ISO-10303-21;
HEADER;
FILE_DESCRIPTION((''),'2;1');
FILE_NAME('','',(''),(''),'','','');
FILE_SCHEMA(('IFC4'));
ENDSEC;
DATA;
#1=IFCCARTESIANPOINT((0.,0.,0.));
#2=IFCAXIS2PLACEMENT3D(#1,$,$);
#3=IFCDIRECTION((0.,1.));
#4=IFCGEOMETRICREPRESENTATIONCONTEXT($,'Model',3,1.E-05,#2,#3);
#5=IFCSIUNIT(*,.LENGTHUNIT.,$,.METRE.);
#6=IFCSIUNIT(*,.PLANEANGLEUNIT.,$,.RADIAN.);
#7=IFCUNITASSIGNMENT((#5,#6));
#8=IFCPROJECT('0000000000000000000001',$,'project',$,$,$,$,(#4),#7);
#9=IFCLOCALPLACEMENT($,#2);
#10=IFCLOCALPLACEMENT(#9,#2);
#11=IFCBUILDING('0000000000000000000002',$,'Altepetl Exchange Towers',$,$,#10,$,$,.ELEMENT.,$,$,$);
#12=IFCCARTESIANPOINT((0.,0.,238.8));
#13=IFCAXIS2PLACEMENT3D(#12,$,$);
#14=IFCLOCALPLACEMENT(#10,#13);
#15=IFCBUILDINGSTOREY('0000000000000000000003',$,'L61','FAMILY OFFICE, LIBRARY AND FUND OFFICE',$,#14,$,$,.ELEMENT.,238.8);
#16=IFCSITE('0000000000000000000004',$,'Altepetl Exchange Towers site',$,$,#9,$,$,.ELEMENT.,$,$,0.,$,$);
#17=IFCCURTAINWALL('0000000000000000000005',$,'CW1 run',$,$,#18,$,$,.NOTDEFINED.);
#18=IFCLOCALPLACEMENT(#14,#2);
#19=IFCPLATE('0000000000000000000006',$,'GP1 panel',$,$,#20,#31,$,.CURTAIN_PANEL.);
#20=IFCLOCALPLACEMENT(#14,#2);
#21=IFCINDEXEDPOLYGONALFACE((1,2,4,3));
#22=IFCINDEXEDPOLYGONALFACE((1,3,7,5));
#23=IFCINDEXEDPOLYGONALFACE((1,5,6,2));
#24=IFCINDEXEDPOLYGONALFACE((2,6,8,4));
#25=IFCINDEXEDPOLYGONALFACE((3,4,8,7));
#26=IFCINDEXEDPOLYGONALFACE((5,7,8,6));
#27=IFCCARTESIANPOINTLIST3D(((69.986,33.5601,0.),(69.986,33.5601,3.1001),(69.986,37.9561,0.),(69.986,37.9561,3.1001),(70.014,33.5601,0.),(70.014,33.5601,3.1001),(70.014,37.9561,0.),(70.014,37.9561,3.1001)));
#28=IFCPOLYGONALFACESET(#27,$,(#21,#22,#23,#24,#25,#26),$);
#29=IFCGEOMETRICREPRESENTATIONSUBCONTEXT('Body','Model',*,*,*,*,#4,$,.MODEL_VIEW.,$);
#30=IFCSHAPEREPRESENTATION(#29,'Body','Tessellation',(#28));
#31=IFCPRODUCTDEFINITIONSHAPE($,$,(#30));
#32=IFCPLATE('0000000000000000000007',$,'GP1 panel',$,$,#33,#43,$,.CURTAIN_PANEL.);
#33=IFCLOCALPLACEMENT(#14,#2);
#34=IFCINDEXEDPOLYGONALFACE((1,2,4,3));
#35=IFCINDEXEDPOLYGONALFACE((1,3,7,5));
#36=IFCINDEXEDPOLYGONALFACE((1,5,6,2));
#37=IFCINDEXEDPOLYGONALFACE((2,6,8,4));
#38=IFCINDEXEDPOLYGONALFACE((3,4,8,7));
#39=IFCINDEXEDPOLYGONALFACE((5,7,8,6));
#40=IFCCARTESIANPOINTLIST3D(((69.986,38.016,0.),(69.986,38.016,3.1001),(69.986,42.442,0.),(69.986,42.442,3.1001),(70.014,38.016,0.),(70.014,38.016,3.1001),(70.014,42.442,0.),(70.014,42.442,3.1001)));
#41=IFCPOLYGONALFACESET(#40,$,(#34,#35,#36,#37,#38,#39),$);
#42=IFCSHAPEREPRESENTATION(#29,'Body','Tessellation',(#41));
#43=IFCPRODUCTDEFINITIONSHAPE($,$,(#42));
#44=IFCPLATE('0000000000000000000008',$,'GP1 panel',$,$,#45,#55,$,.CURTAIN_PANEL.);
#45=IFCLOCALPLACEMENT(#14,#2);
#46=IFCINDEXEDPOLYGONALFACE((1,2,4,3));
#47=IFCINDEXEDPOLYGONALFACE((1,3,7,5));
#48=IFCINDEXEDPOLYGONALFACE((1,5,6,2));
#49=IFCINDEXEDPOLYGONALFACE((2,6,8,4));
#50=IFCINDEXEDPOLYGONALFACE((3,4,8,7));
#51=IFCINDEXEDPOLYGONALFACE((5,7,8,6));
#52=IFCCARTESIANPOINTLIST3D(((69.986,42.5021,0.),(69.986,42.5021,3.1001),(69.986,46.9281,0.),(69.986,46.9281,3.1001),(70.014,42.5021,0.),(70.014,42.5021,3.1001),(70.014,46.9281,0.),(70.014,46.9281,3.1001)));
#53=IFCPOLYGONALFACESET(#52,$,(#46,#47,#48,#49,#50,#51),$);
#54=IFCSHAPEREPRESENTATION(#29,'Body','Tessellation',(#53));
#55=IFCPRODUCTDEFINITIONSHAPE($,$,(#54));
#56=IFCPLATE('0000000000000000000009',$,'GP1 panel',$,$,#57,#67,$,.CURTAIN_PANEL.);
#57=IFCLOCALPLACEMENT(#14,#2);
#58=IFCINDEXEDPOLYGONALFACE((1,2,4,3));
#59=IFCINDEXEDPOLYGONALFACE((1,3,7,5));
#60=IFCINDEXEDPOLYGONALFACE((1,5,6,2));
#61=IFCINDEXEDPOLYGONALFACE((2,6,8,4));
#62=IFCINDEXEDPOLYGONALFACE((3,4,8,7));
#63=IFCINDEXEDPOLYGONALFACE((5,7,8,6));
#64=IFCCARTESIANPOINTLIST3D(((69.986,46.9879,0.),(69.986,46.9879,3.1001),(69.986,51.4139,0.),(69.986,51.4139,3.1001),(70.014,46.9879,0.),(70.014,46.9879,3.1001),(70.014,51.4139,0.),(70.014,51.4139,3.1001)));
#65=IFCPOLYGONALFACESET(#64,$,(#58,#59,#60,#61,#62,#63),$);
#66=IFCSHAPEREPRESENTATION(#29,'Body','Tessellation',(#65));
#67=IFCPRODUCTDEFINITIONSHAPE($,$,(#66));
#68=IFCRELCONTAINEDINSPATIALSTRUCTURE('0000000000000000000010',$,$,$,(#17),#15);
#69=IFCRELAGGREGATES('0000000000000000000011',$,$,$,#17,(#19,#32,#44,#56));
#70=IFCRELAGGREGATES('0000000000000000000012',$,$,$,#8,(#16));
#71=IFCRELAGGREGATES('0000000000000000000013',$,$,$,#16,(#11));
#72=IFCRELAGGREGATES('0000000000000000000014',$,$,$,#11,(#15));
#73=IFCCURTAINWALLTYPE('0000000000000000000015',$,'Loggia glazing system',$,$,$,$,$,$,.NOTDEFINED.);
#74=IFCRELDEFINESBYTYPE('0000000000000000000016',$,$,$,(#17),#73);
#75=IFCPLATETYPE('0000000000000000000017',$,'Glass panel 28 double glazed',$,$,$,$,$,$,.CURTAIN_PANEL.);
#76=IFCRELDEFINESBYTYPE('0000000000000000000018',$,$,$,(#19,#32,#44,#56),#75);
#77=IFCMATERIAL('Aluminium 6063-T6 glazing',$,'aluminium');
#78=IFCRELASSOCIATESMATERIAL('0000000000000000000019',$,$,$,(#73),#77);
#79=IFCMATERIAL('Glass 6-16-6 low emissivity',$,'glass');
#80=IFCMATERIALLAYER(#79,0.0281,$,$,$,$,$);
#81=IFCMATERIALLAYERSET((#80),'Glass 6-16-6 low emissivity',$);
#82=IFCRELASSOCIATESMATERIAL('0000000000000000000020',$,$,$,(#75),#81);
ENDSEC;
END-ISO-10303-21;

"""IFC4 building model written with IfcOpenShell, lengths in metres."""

from ifc_helpers import new_model, si_unit, direction, frame, origin, origin_2d, place, context, subcontext, project, spatial, rectangle, extrude, material, layer, layer_set, type_object, element, aggregate, save


model = new_model("IFC4")

# Units and contexts
model_context = context("Model", 3, precision=1e-05, world=origin(), true_north=direction((0.0, 1.0)))
body_context = subcontext(model_context, "Body", "Model", "MODEL_VIEW")
ifc_project = project(units=[si_unit("LENGTHUNIT", "METRE"), si_unit("PLANEANGLEUNIT", "RADIAN")], contexts=[model_context])

# Site, building, storey
site_placement = place(None, origin())
site = spatial("IfcSite", under=ifc_project, at=site_placement, Name="Altepetl Exchange Towers site", CompositionType="ELEMENT", RefElevation=0.0)
building_placement = place(site_placement, origin())
building = spatial("IfcBuilding", under=site, at=building_placement, Name="Altepetl Exchange Towers", CompositionType="ELEMENT")
storey_placement = place(building_placement, frame((0.0, 0.0, 238.8)))
storey = spatial("IfcBuildingStorey", under=building, at=storey_placement, Name="L61", Description="FAMILY OFFICE, LIBRARY AND FUND OFFICE", CompositionType="ELEMENT", Elevation=238.8)

# Curtain wall
ifc_material_1 = material(Name="Aluminium 6063-T6 glazing", Category="aluminium")
curtain_wall_type = type_object("IfcCurtainWallType", Name="Loggia glazing system", PredefinedType="NOTDEFINED", material=ifc_material_1)
curtain_wall_1_placement = place(storey_placement, origin())
curtain_wall_1 = element("IfcCurtainWall", 1, at=curtain_wall_1_placement, inside=storey, type_object=curtain_wall_type, Name="CW1 run", PredefinedType="NOTDEFINED")

# Plates
ifc_material_2 = material(Name="Glass 6-16-6 low emissivity", Category="glass")
ifc_layer = layer(ifc_material_2, 0.0281)
ifc_layer_set = layer_set([ifc_layer], Name="Glass 6-16-6 low emissivity")
plate_type = type_object("IfcPlateType", Name="Glass panel 28 double glazed", PredefinedType="CURTAIN_PANEL", material=ifc_layer_set)
plate_1_placement = place(storey_placement, frame((70.0, 35.7581, 0.0), z_axis=(0.0, 0.0, 1.0), x_axis=(0.0, 1.0, 0.0)))
plate_1 = element("IfcPlate", 2, at=plate_1_placement, type_object=plate_type, Name="GP1 panel", PredefinedType="CURTAIN_PANEL", context=body_context, shape_type="SweptSolid", body=[
    extrude(rectangle(XDim=4.396, YDim=0.0281, at=origin_2d()), origin(), (0.0, 0.0, 1.0), 3.1001),
])
plate_2_placement = place(storey_placement, frame((70.0, 40.229, 0.0), z_axis=(0.0, 0.0, 1.0), x_axis=(0.0, 1.0, 0.0)))
plate_2 = element("IfcPlate", 3, at=plate_2_placement, type_object=plate_type, Name="GP1 panel", PredefinedType="CURTAIN_PANEL", context=body_context, shape_type="SweptSolid", body=[
    extrude(rectangle(XDim=4.426, YDim=0.0281, at=origin_2d()), origin(), (0.0, 0.0, 1.0), 3.1001),
])
plate_3_placement = place(storey_placement, frame((70.0, 44.7151, 0.0), z_axis=(0.0, 0.0, 1.0), x_axis=(0.0, 1.0, 0.0)))
plate_3 = element("IfcPlate", 4, at=plate_3_placement, type_object=plate_type, Name="GP1 panel", PredefinedType="CURTAIN_PANEL", context=body_context, shape_type="SweptSolid", body=[
    extrude(rectangle(XDim=4.426, YDim=0.0281, at=origin_2d()), origin(), (0.0, 0.0, 1.0), 3.1001),
])
plate_4_placement = place(storey_placement, frame((70.0, 49.2009, 0.0), z_axis=(0.0, 0.0, 1.0), x_axis=(0.0, 1.0, 0.0)))
plate_4 = element("IfcPlate", 5, at=plate_4_placement, type_object=plate_type, Name="GP1 panel", PredefinedType="CURTAIN_PANEL", context=body_context, shape_type="SweptSolid", body=[
    extrude(rectangle(XDim=4.426, YDim=0.0281, at=origin_2d()), origin(), (0.0, 0.0, 1.0), 3.1001),
])
aggregate(curtain_wall_1, [plate_1, plate_2, plate_3, plate_4])

save(model, "model.ifc")
